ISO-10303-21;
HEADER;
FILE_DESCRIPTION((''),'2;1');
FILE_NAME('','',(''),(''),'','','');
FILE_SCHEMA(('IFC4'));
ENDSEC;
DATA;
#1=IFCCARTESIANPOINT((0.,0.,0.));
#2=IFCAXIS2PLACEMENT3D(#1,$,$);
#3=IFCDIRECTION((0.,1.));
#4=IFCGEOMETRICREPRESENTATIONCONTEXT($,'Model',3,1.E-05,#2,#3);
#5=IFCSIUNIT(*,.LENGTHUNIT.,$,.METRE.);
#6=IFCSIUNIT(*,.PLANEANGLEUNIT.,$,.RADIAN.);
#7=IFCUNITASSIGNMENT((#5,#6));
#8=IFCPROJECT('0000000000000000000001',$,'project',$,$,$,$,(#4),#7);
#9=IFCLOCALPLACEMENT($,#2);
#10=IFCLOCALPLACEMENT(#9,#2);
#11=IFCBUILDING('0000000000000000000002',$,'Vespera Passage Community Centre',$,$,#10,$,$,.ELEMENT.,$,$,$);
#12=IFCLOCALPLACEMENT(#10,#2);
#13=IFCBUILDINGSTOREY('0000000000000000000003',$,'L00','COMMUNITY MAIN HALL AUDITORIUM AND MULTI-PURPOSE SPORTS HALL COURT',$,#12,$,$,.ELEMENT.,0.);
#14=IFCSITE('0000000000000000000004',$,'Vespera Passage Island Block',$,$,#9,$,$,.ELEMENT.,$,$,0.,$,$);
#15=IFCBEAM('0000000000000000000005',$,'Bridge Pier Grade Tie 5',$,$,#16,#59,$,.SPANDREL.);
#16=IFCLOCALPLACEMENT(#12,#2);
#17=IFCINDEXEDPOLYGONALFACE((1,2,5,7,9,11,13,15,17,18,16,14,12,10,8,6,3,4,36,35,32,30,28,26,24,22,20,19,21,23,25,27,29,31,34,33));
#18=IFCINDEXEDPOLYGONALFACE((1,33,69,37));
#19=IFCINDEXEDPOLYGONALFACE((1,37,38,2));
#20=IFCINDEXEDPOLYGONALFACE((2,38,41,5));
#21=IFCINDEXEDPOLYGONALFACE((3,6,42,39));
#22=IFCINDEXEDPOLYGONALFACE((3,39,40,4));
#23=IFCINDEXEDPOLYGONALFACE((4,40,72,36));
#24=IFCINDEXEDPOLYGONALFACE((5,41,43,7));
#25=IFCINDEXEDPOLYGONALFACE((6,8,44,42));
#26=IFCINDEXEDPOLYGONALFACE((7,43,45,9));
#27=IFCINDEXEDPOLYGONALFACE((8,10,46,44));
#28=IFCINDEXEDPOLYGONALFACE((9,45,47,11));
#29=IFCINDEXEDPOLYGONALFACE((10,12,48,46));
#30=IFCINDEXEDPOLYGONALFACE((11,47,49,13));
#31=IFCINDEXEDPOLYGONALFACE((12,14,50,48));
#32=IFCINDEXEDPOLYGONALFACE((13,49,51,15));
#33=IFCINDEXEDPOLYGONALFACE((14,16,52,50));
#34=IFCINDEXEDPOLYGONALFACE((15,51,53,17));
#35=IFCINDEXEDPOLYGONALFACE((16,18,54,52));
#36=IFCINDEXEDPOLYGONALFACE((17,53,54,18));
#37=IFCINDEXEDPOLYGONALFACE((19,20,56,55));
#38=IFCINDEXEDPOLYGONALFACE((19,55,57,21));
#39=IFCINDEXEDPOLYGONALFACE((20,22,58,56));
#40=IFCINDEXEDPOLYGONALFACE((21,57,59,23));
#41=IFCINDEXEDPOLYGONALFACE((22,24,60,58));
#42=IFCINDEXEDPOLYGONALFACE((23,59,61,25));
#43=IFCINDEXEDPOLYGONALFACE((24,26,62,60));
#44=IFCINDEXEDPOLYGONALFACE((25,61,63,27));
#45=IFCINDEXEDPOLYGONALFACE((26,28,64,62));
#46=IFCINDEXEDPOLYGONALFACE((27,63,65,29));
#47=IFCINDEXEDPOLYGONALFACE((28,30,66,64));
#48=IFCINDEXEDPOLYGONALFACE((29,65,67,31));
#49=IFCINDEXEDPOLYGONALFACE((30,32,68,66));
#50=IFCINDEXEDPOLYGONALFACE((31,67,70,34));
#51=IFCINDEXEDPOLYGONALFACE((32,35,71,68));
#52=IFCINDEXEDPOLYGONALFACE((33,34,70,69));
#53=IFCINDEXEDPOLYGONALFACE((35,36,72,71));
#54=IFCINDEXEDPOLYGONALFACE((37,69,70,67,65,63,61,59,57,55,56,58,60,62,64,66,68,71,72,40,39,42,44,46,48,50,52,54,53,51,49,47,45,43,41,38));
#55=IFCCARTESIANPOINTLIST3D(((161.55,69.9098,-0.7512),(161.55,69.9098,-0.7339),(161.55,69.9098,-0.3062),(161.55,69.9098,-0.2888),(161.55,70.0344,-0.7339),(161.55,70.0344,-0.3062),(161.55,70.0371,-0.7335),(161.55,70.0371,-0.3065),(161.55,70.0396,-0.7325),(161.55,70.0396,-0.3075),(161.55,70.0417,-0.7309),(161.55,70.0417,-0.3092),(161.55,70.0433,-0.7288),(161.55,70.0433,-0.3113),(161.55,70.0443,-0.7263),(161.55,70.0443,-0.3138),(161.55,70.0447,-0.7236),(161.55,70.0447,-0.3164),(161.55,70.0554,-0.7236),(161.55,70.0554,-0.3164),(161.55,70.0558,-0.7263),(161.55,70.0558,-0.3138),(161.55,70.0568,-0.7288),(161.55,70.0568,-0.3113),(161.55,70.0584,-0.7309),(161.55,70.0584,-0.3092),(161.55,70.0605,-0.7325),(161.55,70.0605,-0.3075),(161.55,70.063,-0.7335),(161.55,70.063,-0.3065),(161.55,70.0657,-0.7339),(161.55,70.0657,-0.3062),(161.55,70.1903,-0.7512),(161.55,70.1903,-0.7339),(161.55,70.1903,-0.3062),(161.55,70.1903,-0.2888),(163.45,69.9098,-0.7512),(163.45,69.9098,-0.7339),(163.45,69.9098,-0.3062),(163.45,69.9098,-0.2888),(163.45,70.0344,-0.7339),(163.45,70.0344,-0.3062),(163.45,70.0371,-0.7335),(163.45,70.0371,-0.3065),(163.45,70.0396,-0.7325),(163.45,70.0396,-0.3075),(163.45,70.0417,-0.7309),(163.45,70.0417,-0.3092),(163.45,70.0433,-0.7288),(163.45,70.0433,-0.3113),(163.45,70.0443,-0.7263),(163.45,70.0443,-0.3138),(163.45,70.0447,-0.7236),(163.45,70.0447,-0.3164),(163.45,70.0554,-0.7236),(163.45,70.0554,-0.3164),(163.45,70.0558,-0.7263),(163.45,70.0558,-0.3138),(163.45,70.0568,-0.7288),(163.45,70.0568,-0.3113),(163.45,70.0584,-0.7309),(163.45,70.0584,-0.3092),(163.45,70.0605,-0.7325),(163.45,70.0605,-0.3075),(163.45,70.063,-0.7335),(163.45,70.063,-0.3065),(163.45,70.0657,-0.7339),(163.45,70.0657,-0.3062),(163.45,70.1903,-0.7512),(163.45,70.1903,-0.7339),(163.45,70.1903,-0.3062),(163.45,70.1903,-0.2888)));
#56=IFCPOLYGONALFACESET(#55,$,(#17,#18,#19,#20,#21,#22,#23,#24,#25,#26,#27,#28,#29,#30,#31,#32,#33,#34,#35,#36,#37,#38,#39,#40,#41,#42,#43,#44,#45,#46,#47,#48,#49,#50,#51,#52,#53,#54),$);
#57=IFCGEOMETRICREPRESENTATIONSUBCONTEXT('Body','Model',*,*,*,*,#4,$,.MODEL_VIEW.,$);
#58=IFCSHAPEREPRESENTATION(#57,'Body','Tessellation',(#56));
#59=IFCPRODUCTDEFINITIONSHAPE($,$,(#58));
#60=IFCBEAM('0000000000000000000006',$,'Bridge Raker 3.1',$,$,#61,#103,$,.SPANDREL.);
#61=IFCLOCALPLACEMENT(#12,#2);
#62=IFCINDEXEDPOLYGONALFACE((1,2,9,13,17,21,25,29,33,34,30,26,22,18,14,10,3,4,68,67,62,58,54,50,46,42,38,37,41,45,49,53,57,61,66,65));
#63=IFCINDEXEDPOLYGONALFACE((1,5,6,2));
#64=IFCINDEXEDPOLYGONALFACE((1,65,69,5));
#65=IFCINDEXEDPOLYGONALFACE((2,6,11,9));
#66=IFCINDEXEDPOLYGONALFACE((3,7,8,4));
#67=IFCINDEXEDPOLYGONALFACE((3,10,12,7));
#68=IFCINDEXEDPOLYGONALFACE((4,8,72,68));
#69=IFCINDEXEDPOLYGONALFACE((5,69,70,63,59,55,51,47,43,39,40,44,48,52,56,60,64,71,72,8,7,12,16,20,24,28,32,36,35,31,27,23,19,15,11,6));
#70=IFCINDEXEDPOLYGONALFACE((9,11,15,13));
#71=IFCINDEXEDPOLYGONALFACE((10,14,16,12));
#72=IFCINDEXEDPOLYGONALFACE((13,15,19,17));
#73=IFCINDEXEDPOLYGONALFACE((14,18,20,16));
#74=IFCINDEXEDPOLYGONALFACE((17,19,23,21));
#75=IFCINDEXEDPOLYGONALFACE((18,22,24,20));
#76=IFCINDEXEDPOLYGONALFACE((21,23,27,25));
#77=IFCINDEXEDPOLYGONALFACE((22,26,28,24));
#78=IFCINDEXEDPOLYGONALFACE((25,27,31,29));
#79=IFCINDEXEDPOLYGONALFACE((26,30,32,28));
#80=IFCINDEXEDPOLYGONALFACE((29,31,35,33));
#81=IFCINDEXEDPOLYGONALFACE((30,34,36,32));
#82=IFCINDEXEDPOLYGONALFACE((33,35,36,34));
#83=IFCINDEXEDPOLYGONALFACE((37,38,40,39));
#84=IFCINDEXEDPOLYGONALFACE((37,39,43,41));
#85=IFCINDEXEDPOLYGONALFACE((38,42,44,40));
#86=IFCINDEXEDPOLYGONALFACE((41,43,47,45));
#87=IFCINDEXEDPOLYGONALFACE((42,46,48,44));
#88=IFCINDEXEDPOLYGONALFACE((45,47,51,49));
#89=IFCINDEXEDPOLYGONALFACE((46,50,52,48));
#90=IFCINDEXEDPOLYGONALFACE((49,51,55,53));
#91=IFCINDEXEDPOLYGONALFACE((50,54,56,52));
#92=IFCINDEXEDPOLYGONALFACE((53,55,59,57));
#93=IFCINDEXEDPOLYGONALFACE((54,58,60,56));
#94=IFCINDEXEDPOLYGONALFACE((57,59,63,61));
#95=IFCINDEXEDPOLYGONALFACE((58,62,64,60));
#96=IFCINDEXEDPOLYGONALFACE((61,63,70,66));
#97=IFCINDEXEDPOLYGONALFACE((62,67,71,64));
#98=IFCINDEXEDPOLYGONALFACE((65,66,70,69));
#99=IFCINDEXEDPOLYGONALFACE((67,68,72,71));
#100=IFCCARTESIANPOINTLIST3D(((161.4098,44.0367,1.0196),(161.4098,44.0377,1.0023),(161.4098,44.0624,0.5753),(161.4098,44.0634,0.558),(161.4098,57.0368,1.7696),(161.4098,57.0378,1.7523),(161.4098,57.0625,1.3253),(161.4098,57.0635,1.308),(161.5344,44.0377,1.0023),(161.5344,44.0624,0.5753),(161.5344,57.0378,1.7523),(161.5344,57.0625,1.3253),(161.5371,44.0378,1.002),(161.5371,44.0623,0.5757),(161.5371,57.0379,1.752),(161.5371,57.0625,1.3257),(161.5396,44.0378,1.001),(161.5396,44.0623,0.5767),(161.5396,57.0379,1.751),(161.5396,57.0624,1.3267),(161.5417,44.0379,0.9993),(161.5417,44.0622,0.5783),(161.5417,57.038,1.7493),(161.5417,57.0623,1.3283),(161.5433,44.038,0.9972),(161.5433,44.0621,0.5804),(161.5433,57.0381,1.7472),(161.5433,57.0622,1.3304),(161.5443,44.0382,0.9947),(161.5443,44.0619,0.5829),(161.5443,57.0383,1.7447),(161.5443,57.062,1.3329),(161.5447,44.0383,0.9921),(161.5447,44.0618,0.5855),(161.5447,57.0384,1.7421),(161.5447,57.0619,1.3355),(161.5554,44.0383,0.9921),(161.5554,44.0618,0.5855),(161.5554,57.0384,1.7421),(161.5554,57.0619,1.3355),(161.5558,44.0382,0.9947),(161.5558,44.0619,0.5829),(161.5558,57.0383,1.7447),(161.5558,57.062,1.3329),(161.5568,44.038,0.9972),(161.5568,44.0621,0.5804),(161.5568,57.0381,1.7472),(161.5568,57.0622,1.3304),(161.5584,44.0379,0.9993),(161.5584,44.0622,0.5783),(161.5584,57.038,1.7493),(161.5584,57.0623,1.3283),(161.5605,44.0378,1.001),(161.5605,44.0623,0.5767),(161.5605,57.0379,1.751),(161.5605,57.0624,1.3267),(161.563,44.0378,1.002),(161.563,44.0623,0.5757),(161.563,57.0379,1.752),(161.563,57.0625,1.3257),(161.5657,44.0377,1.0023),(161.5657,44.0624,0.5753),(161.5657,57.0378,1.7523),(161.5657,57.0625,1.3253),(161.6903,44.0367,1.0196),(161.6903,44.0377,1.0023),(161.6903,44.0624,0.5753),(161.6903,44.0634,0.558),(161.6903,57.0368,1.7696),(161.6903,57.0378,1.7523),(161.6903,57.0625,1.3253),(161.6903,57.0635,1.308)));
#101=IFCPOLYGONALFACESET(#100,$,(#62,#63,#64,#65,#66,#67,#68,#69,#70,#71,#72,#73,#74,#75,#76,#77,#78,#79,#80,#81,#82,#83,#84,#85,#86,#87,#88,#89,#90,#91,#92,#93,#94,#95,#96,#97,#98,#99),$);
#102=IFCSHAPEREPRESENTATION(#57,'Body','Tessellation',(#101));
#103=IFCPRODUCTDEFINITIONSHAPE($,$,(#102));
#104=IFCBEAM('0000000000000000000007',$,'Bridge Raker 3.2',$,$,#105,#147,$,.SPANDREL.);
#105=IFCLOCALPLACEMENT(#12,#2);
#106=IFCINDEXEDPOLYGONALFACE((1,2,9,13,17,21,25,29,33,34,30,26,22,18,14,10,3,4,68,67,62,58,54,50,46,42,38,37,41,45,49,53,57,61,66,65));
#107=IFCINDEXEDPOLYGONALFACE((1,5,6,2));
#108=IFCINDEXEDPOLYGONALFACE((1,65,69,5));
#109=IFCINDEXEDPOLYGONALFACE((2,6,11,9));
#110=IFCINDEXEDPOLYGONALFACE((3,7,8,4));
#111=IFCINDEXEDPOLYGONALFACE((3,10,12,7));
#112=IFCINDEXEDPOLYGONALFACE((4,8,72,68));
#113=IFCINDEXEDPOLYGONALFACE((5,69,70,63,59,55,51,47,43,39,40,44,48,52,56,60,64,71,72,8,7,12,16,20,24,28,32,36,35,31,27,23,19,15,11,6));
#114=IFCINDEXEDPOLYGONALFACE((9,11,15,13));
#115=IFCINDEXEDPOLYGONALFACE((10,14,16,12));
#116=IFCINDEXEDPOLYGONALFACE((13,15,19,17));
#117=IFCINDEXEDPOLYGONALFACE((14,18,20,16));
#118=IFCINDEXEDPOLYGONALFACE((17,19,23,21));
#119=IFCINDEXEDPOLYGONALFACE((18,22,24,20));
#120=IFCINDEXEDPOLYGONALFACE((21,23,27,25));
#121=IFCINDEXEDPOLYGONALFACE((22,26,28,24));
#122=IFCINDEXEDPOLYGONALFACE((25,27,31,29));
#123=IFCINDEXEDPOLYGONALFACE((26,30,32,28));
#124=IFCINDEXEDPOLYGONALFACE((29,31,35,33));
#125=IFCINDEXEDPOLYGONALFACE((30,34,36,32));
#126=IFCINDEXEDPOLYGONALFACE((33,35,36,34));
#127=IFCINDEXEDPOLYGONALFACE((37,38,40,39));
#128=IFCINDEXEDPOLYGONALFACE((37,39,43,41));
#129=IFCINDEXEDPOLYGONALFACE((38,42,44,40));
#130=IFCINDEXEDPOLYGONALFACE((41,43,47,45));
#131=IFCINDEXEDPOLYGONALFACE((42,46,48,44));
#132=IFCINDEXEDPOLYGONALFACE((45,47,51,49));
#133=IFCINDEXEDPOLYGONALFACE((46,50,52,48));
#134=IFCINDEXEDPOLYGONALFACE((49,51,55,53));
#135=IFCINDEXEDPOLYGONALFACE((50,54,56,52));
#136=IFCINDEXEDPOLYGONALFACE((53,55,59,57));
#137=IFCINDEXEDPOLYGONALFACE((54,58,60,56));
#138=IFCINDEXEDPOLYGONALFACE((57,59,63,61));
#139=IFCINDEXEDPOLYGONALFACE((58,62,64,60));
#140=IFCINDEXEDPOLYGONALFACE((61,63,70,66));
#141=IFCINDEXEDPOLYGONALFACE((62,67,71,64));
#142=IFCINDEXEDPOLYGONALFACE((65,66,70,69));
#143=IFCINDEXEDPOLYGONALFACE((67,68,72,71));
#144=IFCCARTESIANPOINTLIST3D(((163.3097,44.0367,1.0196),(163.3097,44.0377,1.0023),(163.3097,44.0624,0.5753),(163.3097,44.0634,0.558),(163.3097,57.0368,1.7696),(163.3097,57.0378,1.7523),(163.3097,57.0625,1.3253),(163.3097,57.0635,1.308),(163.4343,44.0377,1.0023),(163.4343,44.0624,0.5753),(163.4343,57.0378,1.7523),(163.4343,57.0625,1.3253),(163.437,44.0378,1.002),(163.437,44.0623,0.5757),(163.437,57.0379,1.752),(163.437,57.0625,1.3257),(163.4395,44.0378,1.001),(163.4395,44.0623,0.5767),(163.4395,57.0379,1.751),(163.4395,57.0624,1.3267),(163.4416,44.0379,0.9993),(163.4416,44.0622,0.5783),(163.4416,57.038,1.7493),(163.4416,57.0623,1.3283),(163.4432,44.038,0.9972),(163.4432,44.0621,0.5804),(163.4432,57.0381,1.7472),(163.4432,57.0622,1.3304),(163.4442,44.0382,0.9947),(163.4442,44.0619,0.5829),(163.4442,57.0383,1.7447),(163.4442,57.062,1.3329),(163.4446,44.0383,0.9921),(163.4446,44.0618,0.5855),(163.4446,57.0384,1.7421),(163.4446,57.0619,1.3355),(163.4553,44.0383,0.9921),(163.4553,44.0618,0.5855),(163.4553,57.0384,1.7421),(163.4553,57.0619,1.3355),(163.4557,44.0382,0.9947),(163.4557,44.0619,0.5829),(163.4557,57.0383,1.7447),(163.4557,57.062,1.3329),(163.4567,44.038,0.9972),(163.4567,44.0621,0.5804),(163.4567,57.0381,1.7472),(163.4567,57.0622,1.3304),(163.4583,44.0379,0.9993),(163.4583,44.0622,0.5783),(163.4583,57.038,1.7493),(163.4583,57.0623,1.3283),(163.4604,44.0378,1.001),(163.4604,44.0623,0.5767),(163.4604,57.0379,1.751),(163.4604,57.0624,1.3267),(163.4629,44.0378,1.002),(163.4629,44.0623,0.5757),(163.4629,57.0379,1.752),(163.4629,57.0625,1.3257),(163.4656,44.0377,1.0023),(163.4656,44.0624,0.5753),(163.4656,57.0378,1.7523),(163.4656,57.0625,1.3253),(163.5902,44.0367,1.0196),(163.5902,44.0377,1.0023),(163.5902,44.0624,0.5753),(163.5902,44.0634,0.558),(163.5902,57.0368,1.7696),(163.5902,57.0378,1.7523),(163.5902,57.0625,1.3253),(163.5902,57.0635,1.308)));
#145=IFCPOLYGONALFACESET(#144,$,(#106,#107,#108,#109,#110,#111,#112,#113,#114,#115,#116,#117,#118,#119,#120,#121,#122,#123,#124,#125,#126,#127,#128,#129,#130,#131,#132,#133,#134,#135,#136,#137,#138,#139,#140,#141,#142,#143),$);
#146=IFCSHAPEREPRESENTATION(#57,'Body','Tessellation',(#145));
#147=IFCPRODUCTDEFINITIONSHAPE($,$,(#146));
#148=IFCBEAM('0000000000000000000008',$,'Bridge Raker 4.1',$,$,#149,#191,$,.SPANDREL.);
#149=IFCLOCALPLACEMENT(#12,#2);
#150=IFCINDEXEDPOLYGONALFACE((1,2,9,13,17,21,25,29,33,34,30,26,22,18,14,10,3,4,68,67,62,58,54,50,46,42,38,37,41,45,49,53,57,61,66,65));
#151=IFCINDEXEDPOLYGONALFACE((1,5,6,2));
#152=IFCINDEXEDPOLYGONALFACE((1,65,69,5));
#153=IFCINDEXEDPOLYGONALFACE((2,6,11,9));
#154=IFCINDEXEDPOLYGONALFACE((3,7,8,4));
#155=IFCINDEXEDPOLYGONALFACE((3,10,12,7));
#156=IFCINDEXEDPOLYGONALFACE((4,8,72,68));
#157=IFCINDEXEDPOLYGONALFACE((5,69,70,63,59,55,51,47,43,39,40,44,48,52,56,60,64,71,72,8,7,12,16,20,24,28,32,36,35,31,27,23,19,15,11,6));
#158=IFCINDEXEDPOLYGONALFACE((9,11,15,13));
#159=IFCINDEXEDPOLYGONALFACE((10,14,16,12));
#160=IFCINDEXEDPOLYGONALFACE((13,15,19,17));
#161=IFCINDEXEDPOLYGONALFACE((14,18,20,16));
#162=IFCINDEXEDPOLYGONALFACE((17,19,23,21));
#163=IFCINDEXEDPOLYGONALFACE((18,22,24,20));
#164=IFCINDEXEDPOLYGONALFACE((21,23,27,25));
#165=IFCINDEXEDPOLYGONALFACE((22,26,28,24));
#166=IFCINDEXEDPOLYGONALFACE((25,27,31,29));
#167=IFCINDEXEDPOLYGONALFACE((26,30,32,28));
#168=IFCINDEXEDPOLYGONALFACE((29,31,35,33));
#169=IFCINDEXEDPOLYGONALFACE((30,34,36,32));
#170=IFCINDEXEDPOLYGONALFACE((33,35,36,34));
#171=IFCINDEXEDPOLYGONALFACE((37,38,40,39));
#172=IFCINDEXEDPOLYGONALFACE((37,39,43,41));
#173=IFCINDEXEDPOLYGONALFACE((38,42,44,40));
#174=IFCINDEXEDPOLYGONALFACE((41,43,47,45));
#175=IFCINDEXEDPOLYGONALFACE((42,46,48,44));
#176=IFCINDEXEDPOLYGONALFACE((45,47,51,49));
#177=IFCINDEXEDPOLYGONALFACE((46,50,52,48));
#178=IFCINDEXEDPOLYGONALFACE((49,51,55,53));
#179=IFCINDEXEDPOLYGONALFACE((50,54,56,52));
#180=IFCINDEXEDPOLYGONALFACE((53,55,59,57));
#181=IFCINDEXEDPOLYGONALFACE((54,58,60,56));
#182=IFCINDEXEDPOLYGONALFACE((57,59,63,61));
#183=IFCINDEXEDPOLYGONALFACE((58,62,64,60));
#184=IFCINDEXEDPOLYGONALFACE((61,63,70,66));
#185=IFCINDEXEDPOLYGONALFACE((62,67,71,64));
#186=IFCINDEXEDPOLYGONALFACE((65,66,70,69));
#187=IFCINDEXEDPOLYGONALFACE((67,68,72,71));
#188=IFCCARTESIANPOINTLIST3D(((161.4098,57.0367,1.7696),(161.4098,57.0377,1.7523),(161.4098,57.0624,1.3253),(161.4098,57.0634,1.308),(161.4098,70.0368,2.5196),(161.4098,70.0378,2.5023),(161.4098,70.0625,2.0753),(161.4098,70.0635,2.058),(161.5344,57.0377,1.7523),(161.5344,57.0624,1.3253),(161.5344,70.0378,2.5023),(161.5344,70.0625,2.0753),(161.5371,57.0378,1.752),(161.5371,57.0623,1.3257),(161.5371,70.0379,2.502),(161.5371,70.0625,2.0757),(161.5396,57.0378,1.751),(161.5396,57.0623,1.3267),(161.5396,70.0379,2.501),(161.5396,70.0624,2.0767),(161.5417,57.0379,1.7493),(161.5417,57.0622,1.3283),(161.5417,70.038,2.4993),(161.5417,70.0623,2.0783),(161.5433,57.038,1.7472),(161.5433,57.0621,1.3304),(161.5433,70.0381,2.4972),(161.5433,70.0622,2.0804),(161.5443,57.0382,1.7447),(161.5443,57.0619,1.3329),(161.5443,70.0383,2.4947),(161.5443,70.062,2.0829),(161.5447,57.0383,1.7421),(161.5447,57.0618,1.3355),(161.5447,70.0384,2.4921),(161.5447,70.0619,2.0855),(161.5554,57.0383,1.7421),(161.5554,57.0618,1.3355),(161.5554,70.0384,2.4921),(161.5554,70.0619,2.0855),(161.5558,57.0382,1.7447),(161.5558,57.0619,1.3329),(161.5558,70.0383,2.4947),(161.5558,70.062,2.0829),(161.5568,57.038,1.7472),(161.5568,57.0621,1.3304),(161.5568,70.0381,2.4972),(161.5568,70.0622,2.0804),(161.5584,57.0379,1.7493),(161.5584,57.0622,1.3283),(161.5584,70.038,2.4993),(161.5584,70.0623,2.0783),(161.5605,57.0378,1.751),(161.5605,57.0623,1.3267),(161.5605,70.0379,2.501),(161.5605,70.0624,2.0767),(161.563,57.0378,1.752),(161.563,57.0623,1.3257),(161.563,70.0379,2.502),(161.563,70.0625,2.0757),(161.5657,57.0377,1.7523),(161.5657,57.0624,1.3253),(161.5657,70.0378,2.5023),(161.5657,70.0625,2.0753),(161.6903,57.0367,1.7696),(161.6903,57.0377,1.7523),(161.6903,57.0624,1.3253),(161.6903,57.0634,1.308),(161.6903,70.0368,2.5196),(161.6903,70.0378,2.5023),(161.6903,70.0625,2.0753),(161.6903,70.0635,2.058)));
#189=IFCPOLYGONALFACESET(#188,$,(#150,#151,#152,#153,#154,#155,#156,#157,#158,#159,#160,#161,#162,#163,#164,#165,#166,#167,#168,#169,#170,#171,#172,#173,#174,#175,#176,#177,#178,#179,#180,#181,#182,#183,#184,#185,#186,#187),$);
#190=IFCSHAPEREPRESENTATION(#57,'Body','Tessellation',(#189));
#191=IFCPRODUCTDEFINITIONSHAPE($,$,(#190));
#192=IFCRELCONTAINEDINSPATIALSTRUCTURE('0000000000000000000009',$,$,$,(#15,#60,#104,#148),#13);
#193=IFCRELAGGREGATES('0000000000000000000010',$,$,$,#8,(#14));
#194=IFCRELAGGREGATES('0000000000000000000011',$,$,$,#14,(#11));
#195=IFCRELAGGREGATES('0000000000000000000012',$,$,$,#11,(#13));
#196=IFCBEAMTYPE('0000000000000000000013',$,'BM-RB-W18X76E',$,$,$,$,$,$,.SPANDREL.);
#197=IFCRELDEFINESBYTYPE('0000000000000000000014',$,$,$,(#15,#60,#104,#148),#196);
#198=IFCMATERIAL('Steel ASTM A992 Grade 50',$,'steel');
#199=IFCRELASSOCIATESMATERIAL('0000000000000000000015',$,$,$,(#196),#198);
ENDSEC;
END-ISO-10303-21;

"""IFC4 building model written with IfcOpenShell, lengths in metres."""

from ifc_helpers import new_model, si_unit, direction, frame, origin, origin_2d, place, context, subcontext, project, spatial, i_section, extrude, material, material_profile, profile_set, type_object, element, save


model = new_model("IFC4")

# Units and contexts
model_context = context("Model", 3, precision=1e-05, world=origin(), true_north=direction((0.0, 1.0)))
body_context = subcontext(model_context, "Body", "Model", "MODEL_VIEW")
ifc_project = project(units=[si_unit("LENGTHUNIT", "METRE"), si_unit("PLANEANGLEUNIT", "RADIAN")], contexts=[model_context])

# Site, building, storey
site_placement = place(None, origin())
site = spatial("IfcSite", under=ifc_project, at=site_placement, Name="Vespera Passage Island Block", CompositionType="ELEMENT", RefElevation=0.0)
building_placement = place(site_placement, origin())
building = spatial("IfcBuilding", under=site, at=building_placement, Name="Vespera Passage Community Centre", CompositionType="ELEMENT")
storey_placement = place(building_placement, origin())
storey = spatial("IfcBuildingStorey", under=building, at=storey_placement, Name="L00", Description="COMMUNITY MAIN HALL AUDITORIUM AND MULTI-PURPOSE SPORTS HALL COURT", CompositionType="ELEMENT", Elevation=0.0)

# Beams
ifc_material_1 = material(Name="Steel ASTM A992 Grade 50", Category="steel")
ifc_material_profile_1 = material_profile(ifc_material_1, i_section(OverallWidth=0.2805, OverallDepth=0.4624, WebThickness=0.0107, FlangeThickness=0.0173, FilletRadius=0.0103, at=origin_2d()), Name="W18X76")
ifc_profile_set_1 = profile_set([ifc_material_profile_1], Name="Steel ASTM A992 Grade 50")
beam_type_1 = type_object("IfcBeamType", Name="BM-RB-W18X76E", PredefinedType="SPANDREL", material=ifc_profile_set_1)
for number, where, z_axis, x_axis, name in (
    (1, (161.55, 70.05, -0.52), (1.0, 0.0, 0.0), (0.0, 1.0, 0.0), "Bridge Pier Grade Tie 5"),
):
    element("IfcBeam", number, at=place(storey_placement, frame(where, z_axis=z_axis, x_axis=x_axis)), inside=storey, type_object=beam_type_1, Name=name, PredefinedType="SPANDREL", context=body_context, shape_type="SweptSolid", body=[
        extrude(i_section(OverallWidth=0.2805, OverallDepth=0.4624, WebThickness=0.0107, FlangeThickness=0.0173, FilletRadius=0.0103, at=origin_2d()), origin(), (0.0, 0.0, 1.0), 1.8999),
    ])
for number, where, z_axis, x_axis, name in (
    (2, (161.55, 44.05, 0.7888), (0.0, 0.99834, 0.057597), (-1.0, 0.0, 0.0), "Bridge Raker 3.1"),
    (3, (163.45, 44.05, 0.7888), (0.0, 0.99834, 0.057597), (-1.0, 0.0, 0.0), "Bridge Raker 3.2"),
    (4, (161.55, 57.05, 1.5388), (0.0, 0.99834, 0.057597), (-1.0, 0.0, 0.0), "Bridge Raker 4.1"),
):
    element("IfcBeam", number, at=place(storey_placement, frame(where, z_axis=z_axis, x_axis=x_axis)), inside=storey, type_object=beam_type_1, Name=name, PredefinedType="SPANDREL", context=body_context, shape_type="SweptSolid", body=[
        extrude(i_section(OverallWidth=0.2805, OverallDepth=0.4624, WebThickness=0.0107, FlangeThickness=0.0173, FilletRadius=0.0103, at=origin_2d()), origin(), (0.0, 0.0, 1.0), 13.0217),
    ])

save(model, "model.ifc")
